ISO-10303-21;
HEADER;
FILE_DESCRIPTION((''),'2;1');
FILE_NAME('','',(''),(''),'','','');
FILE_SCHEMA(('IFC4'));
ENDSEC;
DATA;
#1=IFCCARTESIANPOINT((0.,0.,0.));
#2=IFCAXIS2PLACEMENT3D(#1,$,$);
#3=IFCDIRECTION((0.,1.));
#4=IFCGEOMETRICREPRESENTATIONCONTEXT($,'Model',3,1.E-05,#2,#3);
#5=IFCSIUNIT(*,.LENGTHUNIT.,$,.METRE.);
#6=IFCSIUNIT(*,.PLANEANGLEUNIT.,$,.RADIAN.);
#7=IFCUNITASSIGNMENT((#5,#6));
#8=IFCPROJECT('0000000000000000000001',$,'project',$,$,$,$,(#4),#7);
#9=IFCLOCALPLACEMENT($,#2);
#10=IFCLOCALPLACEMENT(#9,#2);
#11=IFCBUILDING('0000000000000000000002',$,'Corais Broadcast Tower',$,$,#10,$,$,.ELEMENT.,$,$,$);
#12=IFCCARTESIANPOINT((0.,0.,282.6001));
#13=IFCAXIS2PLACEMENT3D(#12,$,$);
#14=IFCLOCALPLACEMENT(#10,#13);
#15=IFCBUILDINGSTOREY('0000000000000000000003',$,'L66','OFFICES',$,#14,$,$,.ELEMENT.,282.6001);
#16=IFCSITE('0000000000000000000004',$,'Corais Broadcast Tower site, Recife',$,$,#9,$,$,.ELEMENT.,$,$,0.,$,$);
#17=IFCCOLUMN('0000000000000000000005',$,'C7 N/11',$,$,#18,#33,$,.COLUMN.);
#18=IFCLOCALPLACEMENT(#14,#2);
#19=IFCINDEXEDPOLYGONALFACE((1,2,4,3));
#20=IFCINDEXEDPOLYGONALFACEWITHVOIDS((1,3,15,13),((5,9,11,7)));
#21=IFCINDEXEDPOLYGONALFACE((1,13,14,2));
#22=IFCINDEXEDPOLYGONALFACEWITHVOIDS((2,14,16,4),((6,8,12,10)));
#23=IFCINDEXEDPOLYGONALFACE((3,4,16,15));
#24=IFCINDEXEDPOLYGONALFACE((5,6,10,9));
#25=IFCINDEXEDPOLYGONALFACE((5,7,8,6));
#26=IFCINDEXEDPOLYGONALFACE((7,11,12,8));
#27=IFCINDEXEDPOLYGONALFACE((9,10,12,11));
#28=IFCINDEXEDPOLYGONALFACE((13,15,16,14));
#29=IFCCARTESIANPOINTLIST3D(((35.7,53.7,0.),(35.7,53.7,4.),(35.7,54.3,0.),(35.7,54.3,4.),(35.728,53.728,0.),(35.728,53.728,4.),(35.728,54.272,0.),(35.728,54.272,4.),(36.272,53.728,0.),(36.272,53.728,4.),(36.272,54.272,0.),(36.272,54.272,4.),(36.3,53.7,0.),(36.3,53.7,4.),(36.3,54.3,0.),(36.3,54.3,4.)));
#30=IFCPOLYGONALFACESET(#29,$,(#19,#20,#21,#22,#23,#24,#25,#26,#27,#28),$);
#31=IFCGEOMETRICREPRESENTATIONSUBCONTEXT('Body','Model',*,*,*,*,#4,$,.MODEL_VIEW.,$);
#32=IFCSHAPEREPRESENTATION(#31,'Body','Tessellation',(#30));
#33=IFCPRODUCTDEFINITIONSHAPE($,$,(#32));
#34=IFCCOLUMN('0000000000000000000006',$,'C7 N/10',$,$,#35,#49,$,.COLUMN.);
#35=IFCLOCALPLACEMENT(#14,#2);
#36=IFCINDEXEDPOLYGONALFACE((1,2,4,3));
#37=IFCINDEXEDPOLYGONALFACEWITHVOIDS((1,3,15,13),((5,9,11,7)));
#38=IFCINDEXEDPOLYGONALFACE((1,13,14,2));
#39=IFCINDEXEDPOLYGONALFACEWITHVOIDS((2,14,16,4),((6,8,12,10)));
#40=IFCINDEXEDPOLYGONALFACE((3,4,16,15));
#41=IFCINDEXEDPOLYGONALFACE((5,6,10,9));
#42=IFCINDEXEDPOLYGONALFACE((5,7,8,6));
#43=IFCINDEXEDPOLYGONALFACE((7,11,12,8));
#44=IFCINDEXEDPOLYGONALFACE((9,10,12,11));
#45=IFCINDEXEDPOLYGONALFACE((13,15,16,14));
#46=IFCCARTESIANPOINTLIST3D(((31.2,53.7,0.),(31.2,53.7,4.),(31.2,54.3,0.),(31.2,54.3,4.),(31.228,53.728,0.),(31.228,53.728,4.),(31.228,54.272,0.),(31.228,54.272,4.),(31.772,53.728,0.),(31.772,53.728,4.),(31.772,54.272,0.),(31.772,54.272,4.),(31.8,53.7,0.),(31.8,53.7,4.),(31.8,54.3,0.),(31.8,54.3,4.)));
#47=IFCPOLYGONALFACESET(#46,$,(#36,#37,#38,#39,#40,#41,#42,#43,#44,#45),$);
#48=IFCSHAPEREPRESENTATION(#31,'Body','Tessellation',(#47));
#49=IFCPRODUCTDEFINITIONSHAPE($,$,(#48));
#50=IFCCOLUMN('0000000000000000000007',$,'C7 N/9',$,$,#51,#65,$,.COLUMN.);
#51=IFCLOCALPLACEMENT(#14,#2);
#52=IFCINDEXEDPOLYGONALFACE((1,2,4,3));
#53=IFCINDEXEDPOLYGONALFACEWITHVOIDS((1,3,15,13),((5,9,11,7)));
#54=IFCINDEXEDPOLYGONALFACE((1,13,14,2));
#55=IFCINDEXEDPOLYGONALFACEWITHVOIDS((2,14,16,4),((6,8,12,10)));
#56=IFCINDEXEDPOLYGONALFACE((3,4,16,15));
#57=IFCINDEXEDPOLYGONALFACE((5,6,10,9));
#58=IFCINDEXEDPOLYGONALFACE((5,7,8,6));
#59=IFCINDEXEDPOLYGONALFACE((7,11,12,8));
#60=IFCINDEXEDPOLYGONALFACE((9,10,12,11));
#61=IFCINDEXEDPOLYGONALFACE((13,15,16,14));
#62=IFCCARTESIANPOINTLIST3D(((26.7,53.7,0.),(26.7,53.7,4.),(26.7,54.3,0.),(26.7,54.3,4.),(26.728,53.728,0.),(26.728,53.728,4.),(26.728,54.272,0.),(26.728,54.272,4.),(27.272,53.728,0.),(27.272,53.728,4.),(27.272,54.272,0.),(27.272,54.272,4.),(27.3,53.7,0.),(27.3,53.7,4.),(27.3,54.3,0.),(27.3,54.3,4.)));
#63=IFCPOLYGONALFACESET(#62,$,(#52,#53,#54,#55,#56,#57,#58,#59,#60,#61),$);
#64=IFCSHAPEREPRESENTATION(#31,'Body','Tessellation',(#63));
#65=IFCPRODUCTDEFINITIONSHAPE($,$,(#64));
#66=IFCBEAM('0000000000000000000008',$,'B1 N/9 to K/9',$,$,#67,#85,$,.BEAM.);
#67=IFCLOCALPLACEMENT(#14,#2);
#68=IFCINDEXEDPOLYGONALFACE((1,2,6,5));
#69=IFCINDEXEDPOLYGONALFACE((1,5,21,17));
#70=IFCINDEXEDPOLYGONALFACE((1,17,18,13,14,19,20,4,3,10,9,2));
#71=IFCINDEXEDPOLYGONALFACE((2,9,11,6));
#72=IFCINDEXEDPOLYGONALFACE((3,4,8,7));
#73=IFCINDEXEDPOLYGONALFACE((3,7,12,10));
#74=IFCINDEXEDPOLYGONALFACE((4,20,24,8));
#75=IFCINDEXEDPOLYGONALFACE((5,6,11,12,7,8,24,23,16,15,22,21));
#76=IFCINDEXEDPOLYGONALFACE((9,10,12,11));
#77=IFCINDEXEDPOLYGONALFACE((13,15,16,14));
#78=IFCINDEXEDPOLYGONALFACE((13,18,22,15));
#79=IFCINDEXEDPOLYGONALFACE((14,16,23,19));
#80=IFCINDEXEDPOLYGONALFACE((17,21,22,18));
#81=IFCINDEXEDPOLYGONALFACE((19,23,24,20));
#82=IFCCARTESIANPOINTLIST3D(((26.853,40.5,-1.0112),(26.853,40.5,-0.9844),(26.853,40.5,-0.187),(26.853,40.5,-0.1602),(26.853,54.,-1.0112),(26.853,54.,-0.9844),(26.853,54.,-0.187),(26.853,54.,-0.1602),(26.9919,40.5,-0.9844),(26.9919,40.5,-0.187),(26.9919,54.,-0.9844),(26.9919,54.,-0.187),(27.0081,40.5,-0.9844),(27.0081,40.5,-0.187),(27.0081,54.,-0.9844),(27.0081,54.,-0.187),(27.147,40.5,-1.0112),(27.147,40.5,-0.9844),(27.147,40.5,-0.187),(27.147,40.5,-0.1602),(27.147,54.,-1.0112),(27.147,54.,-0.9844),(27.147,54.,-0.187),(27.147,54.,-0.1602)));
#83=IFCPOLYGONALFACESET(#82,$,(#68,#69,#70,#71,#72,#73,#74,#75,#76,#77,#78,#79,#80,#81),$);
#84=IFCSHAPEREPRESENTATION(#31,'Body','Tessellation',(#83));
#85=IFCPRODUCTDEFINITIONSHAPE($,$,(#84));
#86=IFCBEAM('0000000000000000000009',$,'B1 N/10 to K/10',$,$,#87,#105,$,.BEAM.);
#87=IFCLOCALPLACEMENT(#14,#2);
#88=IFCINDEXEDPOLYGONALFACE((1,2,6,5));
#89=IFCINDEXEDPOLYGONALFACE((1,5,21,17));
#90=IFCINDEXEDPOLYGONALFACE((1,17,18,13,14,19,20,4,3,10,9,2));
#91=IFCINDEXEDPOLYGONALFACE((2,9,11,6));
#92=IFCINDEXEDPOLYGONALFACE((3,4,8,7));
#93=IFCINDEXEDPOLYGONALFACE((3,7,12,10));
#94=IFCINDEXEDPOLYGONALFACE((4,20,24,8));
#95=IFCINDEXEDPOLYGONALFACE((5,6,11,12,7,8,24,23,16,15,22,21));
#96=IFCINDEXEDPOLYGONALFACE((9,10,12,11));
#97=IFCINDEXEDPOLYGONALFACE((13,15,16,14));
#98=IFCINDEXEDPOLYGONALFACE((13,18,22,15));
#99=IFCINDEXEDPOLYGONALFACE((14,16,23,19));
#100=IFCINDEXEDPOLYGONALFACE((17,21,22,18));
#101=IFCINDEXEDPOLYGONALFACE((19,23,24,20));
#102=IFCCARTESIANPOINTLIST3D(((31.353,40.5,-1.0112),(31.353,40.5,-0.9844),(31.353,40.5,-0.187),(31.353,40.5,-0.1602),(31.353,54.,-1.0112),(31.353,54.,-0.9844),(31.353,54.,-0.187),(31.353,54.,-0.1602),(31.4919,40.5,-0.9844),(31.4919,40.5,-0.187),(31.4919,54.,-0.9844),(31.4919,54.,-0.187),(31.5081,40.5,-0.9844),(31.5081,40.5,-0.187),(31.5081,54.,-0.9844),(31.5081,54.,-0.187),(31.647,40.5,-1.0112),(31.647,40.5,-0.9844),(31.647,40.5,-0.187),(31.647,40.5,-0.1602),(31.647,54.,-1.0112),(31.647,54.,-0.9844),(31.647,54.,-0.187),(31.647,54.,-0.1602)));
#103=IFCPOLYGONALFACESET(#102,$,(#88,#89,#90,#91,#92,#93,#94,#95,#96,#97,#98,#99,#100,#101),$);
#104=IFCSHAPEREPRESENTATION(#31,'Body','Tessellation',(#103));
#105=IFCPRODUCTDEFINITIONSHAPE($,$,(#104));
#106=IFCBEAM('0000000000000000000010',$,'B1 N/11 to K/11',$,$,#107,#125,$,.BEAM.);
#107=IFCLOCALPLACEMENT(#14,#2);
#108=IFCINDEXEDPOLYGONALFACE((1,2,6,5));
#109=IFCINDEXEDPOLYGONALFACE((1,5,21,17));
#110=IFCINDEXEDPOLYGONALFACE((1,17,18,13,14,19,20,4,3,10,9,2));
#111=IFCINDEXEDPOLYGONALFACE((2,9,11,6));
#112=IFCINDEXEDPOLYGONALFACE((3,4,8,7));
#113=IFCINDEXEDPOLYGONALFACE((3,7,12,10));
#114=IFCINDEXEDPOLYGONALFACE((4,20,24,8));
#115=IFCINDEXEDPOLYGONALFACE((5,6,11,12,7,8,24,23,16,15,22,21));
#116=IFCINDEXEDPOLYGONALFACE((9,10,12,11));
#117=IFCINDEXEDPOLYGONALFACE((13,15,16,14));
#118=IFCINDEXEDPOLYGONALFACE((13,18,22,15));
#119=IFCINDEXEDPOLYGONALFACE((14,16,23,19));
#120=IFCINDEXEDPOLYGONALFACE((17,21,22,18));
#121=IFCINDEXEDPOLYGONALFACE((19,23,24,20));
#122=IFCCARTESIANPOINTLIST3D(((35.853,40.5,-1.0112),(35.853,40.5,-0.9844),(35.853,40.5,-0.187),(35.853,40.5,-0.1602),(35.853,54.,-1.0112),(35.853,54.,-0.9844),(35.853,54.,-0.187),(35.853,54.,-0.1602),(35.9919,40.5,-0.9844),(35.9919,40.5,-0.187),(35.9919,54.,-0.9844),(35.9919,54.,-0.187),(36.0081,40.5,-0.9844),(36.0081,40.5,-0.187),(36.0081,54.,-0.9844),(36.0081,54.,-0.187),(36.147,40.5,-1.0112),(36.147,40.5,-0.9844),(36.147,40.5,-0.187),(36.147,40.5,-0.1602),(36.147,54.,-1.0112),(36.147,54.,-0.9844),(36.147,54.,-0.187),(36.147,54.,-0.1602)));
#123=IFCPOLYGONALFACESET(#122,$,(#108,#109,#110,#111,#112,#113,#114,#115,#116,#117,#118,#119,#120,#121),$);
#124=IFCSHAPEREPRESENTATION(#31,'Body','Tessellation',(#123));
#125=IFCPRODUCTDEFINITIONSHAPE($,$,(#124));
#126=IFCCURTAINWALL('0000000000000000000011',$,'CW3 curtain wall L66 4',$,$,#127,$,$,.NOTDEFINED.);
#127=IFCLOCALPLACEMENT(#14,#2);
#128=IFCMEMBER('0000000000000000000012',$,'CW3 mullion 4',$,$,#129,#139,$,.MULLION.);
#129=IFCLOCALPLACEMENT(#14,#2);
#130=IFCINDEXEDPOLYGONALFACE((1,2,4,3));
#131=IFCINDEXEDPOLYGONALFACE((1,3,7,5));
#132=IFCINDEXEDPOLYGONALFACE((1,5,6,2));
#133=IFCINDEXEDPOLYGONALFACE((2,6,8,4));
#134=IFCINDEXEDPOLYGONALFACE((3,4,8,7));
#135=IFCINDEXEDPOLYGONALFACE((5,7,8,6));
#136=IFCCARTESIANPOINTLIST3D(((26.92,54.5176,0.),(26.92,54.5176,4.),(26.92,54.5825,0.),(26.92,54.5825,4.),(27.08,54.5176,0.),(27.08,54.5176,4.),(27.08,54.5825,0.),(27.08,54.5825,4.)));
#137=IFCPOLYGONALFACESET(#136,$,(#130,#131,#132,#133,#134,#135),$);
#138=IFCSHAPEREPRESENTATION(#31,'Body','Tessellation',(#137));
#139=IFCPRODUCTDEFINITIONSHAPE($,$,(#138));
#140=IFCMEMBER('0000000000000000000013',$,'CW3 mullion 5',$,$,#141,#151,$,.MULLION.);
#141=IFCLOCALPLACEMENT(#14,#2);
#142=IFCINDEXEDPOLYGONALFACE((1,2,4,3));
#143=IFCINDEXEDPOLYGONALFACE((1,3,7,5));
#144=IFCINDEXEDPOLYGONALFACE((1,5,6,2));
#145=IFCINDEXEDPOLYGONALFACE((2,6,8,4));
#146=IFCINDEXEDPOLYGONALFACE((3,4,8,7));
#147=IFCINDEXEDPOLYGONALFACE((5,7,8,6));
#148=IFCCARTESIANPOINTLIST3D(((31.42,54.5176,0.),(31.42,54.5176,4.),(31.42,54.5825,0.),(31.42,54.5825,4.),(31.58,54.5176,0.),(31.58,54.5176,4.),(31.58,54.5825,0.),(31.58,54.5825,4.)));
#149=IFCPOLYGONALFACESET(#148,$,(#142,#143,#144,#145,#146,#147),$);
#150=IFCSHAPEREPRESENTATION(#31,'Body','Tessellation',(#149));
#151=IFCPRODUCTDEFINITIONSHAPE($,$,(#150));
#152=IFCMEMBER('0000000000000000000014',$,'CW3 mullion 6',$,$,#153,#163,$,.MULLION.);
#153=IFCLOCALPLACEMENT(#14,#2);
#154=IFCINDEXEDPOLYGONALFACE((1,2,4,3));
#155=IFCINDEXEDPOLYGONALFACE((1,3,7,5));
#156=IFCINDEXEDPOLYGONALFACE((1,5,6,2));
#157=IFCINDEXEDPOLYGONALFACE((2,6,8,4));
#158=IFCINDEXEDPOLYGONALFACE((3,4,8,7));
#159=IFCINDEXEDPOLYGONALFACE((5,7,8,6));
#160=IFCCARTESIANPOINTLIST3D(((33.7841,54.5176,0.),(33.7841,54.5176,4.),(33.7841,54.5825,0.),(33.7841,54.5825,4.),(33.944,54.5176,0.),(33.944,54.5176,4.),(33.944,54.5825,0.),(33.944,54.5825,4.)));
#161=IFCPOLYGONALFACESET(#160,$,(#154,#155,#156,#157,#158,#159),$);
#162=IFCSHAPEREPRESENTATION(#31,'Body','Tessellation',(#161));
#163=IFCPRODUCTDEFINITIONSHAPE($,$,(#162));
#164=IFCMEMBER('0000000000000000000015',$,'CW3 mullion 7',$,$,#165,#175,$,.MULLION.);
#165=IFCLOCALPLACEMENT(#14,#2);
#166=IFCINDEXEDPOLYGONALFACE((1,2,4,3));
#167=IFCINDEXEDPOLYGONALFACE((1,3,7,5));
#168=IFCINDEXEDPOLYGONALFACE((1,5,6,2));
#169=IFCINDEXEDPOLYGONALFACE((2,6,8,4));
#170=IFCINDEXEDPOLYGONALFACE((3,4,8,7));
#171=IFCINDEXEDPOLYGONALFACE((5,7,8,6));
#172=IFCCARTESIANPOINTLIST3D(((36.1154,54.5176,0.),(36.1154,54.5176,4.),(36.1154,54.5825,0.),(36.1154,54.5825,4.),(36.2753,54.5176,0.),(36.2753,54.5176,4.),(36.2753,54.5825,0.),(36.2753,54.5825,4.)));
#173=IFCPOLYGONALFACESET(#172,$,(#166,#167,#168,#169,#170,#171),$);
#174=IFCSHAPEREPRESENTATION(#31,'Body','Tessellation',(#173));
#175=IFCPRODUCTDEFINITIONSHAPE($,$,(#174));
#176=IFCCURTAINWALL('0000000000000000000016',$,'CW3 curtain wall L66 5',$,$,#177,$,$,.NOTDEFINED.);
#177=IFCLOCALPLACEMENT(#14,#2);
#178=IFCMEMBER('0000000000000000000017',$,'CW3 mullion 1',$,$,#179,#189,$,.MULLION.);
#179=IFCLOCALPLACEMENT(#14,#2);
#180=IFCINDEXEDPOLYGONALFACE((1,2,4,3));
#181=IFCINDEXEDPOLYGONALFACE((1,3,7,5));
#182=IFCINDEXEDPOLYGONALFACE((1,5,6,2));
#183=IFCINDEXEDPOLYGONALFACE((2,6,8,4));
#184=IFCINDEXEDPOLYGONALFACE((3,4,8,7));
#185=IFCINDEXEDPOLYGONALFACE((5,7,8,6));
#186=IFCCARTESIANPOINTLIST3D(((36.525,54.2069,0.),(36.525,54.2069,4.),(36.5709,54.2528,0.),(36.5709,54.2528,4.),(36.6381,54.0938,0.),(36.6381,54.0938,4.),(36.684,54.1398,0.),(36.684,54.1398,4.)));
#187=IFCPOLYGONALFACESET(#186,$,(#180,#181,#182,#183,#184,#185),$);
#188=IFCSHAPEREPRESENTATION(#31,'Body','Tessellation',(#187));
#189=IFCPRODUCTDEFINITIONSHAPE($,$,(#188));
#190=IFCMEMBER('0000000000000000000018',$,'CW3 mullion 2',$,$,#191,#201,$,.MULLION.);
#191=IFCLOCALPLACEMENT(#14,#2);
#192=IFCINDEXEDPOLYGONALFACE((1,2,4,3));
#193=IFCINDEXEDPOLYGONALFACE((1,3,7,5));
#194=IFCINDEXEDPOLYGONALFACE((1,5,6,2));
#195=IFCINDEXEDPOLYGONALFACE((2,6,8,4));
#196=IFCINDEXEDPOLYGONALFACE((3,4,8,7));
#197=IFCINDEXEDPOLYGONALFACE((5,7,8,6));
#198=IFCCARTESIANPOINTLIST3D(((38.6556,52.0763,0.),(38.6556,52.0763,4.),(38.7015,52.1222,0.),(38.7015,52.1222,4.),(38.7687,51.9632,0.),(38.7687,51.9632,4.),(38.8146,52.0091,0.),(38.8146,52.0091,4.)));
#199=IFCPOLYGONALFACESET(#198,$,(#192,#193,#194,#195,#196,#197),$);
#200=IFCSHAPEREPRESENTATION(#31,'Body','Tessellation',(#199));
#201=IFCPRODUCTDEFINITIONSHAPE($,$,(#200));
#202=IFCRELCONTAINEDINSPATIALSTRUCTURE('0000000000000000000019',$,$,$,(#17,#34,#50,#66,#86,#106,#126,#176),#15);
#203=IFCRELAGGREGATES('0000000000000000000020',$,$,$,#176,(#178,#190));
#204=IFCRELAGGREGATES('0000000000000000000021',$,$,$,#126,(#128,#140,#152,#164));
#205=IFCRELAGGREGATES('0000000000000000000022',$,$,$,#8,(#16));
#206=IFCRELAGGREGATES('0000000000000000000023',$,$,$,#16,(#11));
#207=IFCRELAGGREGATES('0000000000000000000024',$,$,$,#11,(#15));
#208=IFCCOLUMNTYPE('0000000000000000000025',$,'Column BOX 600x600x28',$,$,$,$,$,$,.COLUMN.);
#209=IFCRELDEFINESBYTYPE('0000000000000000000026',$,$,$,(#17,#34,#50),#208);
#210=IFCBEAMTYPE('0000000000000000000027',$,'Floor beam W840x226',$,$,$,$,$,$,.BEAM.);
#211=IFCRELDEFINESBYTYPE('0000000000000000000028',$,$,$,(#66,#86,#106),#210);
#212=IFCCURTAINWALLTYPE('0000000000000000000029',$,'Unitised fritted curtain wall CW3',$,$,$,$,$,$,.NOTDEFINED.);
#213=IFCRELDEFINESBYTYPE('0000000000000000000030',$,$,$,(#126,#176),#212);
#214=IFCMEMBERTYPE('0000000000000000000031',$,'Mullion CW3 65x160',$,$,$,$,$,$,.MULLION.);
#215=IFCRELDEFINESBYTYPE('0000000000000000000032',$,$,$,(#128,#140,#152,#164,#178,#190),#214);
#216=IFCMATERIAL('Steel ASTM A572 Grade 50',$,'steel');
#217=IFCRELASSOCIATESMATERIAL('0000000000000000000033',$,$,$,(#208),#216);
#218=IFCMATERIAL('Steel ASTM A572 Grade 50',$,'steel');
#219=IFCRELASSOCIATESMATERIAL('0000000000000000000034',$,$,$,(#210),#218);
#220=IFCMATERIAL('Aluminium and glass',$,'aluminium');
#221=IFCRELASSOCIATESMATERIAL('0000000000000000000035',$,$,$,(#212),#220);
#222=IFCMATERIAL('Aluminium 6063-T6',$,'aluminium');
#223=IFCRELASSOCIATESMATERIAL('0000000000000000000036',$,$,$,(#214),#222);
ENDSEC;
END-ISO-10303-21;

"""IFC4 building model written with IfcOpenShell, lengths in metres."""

from ifc_helpers import new_model, si_unit, direction, frame, origin, origin_2d, place, context, subcontext, project, spatial, rectangle, hollow_rectangle, i_section, extrude, material, material_profile, profile_set, type_object, element, aggregate, save


model = new_model("IFC4")

# Units and contexts
model_context = context("Model", 3, precision=1e-05, world=origin(), true_north=direction((0.0, 1.0)))
body_context = subcontext(model_context, "Body", "Model", "MODEL_VIEW")
ifc_project = project(units=[si_unit("LENGTHUNIT", "METRE"), si_unit("PLANEANGLEUNIT", "RADIAN")], contexts=[model_context])

# Site, building, storey
site_placement = place(None, origin())
site = spatial("IfcSite", under=ifc_project, at=site_placement, Name="Corais Broadcast Tower site, Recife", CompositionType="ELEMENT", RefElevation=0.0)
building_placement = place(site_placement, origin())
building = spatial("IfcBuilding", under=site, at=building_placement, Name="Corais Broadcast Tower", CompositionType="ELEMENT")
storey_placement = place(building_placement, frame((0.0, 0.0, 282.6001)))
storey = spatial("IfcBuildingStorey", under=building, at=storey_placement, Name="L66", Description="OFFICES", CompositionType="ELEMENT", Elevation=282.6001)

# Columns
ifc_material_1 = material(Name="Steel ASTM A572 Grade 50", Category="steel")
ifc_material_profile_1 = material_profile(ifc_material_1, hollow_rectangle(XDim=0.6001, YDim=0.6001, WallThickness=0.0281, at=origin_2d()), Name="BOX 600x600x28")
ifc_profile_set_1 = profile_set([ifc_material_profile_1], Name="Steel ASTM A572 Grade 50")
column_type = type_object("IfcColumnType", Name="Column BOX 600x600x28", PredefinedType="COLUMN", material=ifc_profile_set_1)
for number, where, z_axis, x_axis, name in (
    (1, (36.0, 54.0, 0.0), (0.0, 0.0, 1.0), (1.0, 0.0, 0.0), "C7 N/11"),
    (2, (31.5, 54.0, 0.0), (0.0, 0.0, 1.0), (1.0, 0.0, 0.0), "C7 N/10"),
    (3, (27.0, 54.0, 0.0), (0.0, 0.0, 1.0), (1.0, 0.0, 0.0), "C7 N/9"),
):
    element("IfcColumn", number, at=place(storey_placement, frame(where, z_axis=z_axis, x_axis=x_axis)), inside=storey, type_object=column_type, Name=name, PredefinedType="COLUMN", context=body_context, shape_type="SweptSolid", body=[
        extrude(hollow_rectangle(XDim=0.6001, YDim=0.6001, WallThickness=0.0281, at=origin_2d()), origin(), (0.0, 0.0, 1.0), 4.0),
    ])

# Beams
ifc_material_2 = material(Name="Steel ASTM A572 Grade 50", Category="steel")
ifc_material_profile_2 = material_profile(ifc_material_2, i_section(OverallWidth=0.2939, OverallDepth=0.8511, WebThickness=0.0161, FlangeThickness=0.0269, at=origin_2d()), Name="W840x226")
ifc_profile_set_2 = profile_set([ifc_material_profile_2], Name="Steel ASTM A572 Grade 50")
beam_type_1 = type_object("IfcBeamType", Name="Floor beam W840x226", PredefinedType="BEAM", material=ifc_profile_set_2)
for number, where, z_axis, x_axis, name in (
    (4, (27.0, 54.0, -0.5857), (0.0, -1.0, 0.0), (1.0, 0.0, 0.0), "B1 N/9 to K/9"),
    (5, (31.5, 54.0, -0.5857), (0.0, -1.0, 0.0), (1.0, 0.0, 0.0), "B1 N/10 to K/10"),
    (6, (36.0, 54.0, -0.5857), (0.0, -1.0, 0.0), (1.0, 0.0, 0.0), "B1 N/11 to K/11"),
):
    element("IfcBeam", number, at=place(storey_placement, frame(where, z_axis=z_axis, x_axis=x_axis)), inside=storey, type_object=beam_type_1, Name=name, PredefinedType="BEAM", context=body_context, shape_type="SweptSolid", body=[
        extrude(i_section(OverallWidth=0.2939, OverallDepth=0.8511, WebThickness=0.0161, FlangeThickness=0.0269, at=origin_2d()), origin(), (0.0, 0.0, 1.0), 13.5),
    ])

# Curtain walls, members
ifc_material_3 = material(Name="Aluminium and glass", Category="aluminium")
curtain_wall_type = type_object("IfcCurtainWallType", Name="Unitised fritted curtain wall CW3", PredefinedType="NOTDEFINED", material=ifc_material_3)
curtain_wall_1_placement = place(storey_placement, origin())
curtain_wall_1 = element("IfcCurtainWall", 7, at=curtain_wall_1_placement, inside=storey, type_object=curtain_wall_type, Name="CW3 curtain wall L66 4", PredefinedType="NOTDEFINED")
ifc_material_4 = material(Name="Aluminium 6063-T6", Category="aluminium")
ifc_material_profile_3 = material_profile(ifc_material_4, rectangle(XDim=0.0649, YDim=0.1599, at=origin_2d()), Name="Mullion CW3 65x160")
ifc_profile_set_3 = profile_set([ifc_material_profile_3], Name="Aluminium 6063-T6")
member_type_1 = type_object("IfcMemberType", Name="Mullion CW3 65x160", PredefinedType="MULLION", material=ifc_profile_set_3)
member_1_placement = place(storey_placement, frame((27.0, 54.55, 0.0), z_axis=(0.0, 0.0, 1.0), x_axis=(0.0, 1.0, 0.0)))
member_1 = element("IfcMember", 8, at=member_1_placement, type_object=member_type_1, Name="CW3 mullion 4", PredefinedType="MULLION", context=body_context, shape_type="SweptSolid", body=[
    extrude(rectangle(XDim=0.0649, YDim=0.1599, at=origin_2d()), origin(), (0.0, 0.0, 1.0), 4.0),
])
member_2_placement = place(storey_placement, frame((31.5, 54.55, 0.0), z_axis=(0.0, 0.0, 1.0), x_axis=(0.0, 1.0, 0.0)))
member_2 = element("IfcMember", 9, at=member_2_placement, type_object=member_type_1, Name="CW3 mullion 5", PredefinedType="MULLION", context=body_context, shape_type="SweptSolid", body=[
    extrude(rectangle(XDim=0.0649, YDim=0.1599, at=origin_2d()), origin(), (0.0, 0.0, 1.0), 4.0),
])
member_3_placement = place(storey_placement, frame((33.864, 54.55, 0.0), z_axis=(0.0, 0.0, 1.0), x_axis=(0.0, 1.0, 0.0)))
member_3 = element("IfcMember", 10, at=member_3_placement, type_object=member_type_1, Name="CW3 mullion 6", PredefinedType="MULLION", context=body_context, shape_type="SweptSolid", body=[
    extrude(rectangle(XDim=0.0649, YDim=0.1599, at=origin_2d()), origin(), (0.0, 0.0, 1.0), 4.0),
])
member_4_placement = place(storey_placement, frame((36.1953, 54.55, 0.0), z_axis=(0.0, 0.0, 1.0), x_axis=(0.0, 1.0, 0.0)))
member_4 = element("IfcMember", 11, at=member_4_placement, type_object=member_type_1, Name="CW3 mullion 7", PredefinedType="MULLION", context=body_context, shape_type="SweptSolid", body=[
    extrude(rectangle(XDim=0.0649, YDim=0.1599, at=origin_2d()), origin(), (0.0, 0.0, 1.0), 4.0),
])
curtain_wall_2_placement = place(storey_placement, origin())
curtain_wall_2 = element("IfcCurtainWall", 12, at=curtain_wall_2_placement, inside=storey, type_object=curtain_wall_type, Name="CW3 curtain wall L66 5", PredefinedType="NOTDEFINED")
member_5_placement = place(storey_placement, frame((36.6045, 54.1733, 0.0), z_axis=(0.0, 0.0, 1.0), x_axis=(0.707107, 0.707107, 0.0)))
member_5 = element("IfcMember", 13, at=member_5_placement, type_object=member_type_1, Name="CW3 mullion 1", PredefinedType="MULLION", context=body_context, shape_type="SweptSolid", body=[
    extrude(rectangle(XDim=0.0649, YDim=0.1599, at=origin_2d()), origin(), (0.0, 0.0, 1.0), 4.0),
])
member_6_placement = place(storey_placement, frame((38.7351, 52.0427, 0.0), z_axis=(0.0, 0.0, 1.0), x_axis=(0.707107, 0.707107, 0.0)))
member_6 = element("IfcMember", 14, at=member_6_placement, type_object=member_type_1, Name="CW3 mullion 2", PredefinedType="MULLION", context=body_context, shape_type="SweptSolid", body=[
    extrude(rectangle(XDim=0.0649, YDim=0.1599, at=origin_2d()), origin(), (0.0, 0.0, 1.0), 4.0),
])

aggregate(curtain_wall_2, [member_5, member_6])
aggregate(curtain_wall_1, [member_1, member_2, member_3, member_4])

save(model, "model.ifc")
